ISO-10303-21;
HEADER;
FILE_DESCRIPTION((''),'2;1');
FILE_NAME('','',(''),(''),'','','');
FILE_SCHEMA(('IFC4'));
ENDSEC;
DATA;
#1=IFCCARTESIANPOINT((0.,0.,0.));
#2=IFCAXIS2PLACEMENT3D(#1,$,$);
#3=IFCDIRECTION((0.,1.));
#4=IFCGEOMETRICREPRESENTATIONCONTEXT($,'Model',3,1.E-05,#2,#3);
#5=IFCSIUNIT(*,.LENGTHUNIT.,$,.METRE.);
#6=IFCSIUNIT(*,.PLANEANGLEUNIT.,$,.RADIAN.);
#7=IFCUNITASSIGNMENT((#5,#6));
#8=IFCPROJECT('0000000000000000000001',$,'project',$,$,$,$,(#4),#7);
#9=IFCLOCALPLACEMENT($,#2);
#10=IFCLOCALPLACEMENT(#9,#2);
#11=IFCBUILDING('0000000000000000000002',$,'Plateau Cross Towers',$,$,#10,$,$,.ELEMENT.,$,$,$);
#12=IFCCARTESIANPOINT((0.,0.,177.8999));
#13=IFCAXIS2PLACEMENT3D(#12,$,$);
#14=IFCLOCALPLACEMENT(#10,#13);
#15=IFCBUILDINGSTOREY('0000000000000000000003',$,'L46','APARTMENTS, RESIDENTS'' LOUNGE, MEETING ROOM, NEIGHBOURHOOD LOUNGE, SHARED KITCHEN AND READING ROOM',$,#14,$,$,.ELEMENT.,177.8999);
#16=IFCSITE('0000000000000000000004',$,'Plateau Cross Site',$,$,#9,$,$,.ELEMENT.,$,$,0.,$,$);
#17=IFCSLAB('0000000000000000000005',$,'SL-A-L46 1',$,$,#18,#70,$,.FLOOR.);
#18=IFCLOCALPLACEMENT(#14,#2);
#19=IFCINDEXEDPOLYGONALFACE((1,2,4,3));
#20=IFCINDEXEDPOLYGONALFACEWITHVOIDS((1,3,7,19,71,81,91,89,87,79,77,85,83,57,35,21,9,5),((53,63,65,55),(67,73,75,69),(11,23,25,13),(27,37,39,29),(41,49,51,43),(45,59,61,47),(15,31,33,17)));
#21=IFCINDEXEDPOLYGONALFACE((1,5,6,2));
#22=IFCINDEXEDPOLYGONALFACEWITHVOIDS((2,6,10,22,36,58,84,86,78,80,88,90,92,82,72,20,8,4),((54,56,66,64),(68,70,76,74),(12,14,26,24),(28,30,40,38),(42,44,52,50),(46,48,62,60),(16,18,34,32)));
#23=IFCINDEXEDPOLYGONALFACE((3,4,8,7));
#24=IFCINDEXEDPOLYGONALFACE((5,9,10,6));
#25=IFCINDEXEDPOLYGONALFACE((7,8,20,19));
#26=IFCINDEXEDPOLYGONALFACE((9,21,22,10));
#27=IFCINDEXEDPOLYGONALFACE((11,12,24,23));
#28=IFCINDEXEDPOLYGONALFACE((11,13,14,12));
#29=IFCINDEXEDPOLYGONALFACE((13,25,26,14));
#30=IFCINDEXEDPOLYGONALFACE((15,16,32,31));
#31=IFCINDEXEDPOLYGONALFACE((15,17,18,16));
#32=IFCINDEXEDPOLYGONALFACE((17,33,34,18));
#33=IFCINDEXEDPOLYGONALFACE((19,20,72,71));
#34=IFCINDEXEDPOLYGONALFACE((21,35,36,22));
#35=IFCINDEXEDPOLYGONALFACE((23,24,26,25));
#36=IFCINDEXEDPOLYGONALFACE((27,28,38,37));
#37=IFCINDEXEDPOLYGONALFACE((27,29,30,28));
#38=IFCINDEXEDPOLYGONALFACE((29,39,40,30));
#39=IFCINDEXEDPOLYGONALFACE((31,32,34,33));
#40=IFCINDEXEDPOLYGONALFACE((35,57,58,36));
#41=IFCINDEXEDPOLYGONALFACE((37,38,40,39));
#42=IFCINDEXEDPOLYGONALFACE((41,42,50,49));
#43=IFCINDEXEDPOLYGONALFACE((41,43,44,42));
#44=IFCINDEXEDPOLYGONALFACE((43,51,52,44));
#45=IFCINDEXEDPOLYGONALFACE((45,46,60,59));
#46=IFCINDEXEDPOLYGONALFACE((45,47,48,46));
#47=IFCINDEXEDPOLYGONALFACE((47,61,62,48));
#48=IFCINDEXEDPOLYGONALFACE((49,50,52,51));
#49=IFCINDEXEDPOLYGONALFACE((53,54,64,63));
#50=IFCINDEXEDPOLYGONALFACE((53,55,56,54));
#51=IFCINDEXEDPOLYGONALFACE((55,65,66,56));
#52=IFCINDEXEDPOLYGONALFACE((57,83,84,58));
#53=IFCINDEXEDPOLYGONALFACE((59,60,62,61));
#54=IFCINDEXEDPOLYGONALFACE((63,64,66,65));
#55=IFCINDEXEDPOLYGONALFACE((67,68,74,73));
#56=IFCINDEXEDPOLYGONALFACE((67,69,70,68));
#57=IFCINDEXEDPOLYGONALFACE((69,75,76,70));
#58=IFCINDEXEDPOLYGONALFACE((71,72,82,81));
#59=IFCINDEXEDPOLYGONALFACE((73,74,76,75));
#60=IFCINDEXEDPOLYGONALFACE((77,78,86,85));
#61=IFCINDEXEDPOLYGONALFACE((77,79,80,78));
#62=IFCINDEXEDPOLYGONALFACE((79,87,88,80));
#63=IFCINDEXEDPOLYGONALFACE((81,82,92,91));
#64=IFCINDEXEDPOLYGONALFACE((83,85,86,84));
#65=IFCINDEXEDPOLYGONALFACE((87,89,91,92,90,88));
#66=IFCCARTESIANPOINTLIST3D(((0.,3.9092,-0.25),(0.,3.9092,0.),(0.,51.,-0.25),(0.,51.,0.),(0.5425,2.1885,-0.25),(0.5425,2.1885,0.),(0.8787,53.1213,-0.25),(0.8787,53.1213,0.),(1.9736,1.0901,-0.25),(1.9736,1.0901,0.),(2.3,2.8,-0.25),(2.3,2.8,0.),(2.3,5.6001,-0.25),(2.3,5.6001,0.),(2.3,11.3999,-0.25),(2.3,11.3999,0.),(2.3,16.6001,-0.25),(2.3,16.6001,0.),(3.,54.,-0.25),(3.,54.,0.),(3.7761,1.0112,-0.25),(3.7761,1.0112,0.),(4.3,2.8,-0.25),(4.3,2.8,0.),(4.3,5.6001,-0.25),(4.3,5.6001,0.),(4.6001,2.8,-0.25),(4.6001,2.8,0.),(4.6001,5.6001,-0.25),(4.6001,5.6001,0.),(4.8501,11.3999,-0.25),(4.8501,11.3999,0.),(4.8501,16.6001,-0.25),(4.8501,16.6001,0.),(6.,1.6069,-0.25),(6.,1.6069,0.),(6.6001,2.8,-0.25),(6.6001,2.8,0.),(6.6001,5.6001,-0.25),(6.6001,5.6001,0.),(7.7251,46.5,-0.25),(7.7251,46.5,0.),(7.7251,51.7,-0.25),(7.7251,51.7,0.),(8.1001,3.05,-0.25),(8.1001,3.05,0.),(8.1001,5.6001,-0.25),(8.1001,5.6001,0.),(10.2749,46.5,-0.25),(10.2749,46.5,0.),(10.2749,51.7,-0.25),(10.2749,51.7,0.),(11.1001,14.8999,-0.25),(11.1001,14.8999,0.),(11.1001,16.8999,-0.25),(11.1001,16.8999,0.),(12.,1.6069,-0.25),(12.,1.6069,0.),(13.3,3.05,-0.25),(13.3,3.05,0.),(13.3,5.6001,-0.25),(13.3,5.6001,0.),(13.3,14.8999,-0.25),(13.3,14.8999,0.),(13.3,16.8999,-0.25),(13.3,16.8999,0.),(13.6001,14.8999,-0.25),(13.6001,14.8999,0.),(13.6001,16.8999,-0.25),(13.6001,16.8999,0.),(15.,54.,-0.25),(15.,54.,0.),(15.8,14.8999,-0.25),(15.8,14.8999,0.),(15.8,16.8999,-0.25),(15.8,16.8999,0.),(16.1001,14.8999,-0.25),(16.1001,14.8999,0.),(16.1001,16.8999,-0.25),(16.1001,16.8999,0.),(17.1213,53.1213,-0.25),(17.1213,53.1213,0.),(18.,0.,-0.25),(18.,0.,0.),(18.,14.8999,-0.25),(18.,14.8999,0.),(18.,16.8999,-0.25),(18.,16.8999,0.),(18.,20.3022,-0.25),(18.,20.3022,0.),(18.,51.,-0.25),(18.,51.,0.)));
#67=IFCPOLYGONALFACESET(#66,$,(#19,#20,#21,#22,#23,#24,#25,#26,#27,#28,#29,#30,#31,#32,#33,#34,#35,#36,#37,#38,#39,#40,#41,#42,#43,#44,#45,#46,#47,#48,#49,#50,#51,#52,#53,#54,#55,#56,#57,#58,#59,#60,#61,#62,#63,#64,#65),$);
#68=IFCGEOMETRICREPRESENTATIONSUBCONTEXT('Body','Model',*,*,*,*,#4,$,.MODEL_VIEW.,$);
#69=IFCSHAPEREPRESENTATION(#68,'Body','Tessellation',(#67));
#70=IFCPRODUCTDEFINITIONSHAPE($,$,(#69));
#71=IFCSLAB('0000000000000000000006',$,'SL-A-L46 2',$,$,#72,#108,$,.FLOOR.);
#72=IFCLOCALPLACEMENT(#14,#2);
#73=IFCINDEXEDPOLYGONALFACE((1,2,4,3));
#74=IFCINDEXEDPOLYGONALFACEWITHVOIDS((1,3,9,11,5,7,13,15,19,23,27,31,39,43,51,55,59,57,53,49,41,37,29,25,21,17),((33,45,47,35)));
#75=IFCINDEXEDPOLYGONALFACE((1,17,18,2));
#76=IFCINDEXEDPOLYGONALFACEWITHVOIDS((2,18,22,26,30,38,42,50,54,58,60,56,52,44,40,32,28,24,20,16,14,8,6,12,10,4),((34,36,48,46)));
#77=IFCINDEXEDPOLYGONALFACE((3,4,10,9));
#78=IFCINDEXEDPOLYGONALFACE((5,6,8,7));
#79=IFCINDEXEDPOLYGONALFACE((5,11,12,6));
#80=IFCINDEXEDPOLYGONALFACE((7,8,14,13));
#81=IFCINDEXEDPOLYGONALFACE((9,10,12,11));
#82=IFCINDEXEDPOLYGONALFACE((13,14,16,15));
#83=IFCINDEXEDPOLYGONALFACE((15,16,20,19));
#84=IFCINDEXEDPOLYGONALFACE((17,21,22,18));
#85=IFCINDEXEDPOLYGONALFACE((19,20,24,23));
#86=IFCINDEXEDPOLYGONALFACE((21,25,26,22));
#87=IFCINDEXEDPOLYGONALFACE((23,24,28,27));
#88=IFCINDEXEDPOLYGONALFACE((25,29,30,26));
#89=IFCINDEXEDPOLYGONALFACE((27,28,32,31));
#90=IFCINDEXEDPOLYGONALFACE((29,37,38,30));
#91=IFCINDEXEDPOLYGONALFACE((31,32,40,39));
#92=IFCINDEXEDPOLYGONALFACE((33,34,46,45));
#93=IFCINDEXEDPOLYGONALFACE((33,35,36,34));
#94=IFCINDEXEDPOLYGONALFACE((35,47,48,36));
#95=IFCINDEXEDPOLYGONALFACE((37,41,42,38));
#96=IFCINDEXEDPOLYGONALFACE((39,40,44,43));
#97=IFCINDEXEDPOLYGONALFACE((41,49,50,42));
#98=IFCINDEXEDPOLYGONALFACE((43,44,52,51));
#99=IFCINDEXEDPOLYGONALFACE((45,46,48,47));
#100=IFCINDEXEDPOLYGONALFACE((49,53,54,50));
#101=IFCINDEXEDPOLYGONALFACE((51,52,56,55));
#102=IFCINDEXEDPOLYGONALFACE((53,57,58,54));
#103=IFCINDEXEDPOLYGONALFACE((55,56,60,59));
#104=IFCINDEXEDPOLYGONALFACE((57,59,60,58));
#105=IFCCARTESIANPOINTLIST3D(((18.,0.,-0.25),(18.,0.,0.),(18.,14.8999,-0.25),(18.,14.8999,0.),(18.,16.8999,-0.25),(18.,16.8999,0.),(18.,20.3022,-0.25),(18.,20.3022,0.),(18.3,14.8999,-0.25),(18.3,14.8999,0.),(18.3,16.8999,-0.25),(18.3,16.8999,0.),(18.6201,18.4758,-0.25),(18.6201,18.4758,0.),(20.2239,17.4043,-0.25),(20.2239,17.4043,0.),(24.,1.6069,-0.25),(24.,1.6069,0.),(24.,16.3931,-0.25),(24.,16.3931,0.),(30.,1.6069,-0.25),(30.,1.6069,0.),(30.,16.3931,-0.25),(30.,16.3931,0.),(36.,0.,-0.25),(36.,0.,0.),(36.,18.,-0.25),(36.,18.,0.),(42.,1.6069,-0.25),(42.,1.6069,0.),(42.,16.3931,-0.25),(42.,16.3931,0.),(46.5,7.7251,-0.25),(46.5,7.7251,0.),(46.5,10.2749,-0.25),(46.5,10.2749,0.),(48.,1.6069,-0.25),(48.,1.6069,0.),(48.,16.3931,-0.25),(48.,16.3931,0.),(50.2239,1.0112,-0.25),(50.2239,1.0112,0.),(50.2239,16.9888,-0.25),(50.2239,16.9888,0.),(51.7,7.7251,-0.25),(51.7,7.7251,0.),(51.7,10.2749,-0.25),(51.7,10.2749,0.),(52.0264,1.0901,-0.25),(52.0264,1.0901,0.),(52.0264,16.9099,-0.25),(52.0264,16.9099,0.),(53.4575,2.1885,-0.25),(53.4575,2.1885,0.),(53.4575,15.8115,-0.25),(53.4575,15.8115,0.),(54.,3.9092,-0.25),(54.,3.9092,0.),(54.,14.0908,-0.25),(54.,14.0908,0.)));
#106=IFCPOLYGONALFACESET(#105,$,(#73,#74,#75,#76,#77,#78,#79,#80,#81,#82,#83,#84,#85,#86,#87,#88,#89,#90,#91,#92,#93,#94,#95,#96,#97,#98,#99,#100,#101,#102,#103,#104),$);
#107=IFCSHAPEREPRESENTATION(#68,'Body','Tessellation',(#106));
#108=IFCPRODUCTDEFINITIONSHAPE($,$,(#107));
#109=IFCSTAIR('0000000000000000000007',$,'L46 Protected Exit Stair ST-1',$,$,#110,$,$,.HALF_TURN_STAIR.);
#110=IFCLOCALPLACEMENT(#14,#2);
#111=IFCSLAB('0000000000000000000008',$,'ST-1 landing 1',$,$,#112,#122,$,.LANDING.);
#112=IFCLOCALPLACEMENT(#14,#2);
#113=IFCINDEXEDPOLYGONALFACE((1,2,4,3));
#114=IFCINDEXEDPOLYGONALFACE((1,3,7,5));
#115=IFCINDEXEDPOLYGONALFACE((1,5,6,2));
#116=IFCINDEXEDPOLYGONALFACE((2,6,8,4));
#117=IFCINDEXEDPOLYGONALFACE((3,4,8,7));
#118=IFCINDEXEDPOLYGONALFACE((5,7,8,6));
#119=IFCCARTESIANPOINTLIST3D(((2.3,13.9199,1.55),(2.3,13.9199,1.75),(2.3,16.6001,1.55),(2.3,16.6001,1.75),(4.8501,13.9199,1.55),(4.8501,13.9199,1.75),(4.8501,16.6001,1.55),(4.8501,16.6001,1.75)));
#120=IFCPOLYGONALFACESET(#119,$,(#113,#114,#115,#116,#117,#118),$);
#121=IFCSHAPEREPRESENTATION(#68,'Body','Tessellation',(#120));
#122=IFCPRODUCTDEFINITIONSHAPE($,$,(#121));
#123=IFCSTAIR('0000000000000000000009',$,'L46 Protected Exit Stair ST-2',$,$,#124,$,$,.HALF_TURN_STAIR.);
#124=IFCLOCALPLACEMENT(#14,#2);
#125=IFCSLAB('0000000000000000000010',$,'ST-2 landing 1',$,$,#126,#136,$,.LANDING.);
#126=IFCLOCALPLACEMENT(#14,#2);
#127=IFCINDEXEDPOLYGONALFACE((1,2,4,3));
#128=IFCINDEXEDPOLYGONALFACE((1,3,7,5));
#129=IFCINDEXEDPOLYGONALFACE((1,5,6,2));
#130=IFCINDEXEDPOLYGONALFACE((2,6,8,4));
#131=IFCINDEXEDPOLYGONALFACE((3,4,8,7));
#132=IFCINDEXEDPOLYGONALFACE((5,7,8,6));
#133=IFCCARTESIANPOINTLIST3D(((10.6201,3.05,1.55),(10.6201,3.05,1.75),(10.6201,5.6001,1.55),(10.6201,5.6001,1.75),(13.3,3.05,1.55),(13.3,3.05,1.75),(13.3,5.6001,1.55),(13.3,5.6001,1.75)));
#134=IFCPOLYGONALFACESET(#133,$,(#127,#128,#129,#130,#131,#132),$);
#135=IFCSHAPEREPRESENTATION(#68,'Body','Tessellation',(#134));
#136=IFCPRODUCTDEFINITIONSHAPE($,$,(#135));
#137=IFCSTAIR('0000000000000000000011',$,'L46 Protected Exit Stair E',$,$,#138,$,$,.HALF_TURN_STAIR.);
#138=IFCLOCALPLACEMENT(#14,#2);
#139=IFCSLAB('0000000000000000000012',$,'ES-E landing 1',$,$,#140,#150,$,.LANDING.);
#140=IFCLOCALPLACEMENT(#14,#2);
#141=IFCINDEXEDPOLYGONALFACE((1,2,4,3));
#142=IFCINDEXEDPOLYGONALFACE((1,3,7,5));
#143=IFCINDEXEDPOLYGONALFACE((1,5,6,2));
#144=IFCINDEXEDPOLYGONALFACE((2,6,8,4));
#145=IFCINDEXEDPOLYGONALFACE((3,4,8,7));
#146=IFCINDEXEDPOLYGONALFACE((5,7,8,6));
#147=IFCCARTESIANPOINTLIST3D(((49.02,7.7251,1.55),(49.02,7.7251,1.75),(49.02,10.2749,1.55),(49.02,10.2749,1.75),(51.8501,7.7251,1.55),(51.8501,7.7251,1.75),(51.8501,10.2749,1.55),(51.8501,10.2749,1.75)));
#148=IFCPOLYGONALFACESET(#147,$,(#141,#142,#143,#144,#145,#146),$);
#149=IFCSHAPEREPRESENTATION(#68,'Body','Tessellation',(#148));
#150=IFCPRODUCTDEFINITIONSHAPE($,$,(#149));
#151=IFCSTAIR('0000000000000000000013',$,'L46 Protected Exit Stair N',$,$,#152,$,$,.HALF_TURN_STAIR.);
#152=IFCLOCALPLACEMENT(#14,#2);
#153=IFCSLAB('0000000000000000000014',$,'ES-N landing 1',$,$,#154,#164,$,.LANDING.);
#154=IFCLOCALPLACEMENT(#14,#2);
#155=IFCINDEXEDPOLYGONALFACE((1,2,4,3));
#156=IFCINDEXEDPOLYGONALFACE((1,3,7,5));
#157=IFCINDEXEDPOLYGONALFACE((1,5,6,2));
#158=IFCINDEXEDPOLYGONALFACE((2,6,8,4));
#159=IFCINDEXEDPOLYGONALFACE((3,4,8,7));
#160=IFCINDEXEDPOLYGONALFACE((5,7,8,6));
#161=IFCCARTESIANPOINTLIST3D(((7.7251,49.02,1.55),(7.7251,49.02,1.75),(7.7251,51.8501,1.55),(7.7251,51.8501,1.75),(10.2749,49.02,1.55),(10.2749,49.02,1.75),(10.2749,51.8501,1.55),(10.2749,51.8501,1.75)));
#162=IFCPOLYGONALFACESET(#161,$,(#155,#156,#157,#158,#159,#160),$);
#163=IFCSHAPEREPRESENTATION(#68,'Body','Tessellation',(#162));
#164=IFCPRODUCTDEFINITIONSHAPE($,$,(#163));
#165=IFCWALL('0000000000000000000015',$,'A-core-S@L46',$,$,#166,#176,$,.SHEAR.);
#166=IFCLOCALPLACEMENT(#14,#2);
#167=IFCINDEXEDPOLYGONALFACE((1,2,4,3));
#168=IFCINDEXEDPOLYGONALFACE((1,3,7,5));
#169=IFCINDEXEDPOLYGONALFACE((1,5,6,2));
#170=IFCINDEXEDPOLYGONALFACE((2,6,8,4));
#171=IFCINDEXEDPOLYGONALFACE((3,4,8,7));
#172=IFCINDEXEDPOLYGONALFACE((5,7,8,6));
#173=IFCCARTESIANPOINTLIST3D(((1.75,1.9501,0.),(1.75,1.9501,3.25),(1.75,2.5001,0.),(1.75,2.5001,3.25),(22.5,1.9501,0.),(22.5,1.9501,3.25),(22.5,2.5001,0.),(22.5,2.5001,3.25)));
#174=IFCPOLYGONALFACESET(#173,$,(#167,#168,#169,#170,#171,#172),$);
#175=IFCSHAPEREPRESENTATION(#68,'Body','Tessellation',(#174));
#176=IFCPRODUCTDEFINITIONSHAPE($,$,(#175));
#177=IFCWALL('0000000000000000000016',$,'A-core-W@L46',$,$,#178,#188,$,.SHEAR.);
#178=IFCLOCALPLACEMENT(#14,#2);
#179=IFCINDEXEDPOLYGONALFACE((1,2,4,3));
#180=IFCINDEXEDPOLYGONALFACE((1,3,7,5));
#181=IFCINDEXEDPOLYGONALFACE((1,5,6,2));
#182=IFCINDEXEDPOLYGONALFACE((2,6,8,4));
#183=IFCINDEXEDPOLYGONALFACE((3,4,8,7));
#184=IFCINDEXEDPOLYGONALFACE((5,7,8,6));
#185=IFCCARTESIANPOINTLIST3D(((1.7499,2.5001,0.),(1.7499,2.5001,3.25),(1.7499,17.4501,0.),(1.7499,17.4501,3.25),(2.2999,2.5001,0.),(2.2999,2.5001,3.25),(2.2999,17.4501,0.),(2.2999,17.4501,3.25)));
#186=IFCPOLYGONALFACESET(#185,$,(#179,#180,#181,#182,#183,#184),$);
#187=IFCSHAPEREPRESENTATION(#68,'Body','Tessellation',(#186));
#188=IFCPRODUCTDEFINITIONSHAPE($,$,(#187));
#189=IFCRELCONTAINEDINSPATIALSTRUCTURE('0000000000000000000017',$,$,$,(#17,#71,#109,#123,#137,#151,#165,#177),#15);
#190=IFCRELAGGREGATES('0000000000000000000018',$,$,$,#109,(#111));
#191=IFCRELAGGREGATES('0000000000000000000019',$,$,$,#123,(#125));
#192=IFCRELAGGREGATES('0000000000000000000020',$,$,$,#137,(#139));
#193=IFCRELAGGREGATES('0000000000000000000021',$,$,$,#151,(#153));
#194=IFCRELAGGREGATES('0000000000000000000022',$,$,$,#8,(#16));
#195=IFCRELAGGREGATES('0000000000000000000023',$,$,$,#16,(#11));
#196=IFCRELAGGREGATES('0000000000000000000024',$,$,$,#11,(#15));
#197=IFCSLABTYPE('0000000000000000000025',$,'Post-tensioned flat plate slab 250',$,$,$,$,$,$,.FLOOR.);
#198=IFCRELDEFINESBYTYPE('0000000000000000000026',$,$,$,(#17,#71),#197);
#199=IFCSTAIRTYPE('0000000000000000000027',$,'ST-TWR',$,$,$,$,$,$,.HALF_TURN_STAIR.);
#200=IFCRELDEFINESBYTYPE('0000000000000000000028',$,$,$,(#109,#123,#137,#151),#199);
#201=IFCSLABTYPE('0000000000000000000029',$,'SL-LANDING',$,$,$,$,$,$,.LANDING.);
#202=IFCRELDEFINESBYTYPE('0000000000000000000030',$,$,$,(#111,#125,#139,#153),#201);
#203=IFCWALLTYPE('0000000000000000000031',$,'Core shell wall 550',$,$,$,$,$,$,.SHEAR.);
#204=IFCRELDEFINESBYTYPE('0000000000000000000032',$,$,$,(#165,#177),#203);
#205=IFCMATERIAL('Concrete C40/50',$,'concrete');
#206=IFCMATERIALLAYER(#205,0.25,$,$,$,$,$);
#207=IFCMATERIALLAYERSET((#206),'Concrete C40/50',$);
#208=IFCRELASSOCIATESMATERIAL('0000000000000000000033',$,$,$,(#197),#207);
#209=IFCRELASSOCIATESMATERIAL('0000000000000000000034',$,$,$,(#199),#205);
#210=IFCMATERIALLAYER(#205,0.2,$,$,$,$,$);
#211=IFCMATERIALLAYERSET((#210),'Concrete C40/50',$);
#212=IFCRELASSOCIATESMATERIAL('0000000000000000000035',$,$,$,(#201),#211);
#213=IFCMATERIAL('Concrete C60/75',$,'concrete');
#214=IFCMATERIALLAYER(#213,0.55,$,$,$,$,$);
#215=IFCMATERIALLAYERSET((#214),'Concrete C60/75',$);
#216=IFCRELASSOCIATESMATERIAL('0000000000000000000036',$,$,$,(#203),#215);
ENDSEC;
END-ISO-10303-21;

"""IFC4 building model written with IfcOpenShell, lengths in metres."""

from ifc_helpers import new_model, si_unit, direction, frame, frame_2d, origin, place, context, subcontext, project, spatial, polyline, rectangle, outline, extrude, material, layer, layer_set, type_object, element, aggregate, save


model = new_model("IFC4")

# Units and contexts
model_context = context("Model", 3, precision=1e-05, world=origin(), true_north=direction((0.0, 1.0)))
body_context = subcontext(model_context, "Body", "Model", "MODEL_VIEW")
ifc_project = project(units=[si_unit("LENGTHUNIT", "METRE"), si_unit("PLANEANGLEUNIT", "RADIAN")], contexts=[model_context])

# Site, building, storey
site_placement = place(None, origin())
site = spatial("IfcSite", under=ifc_project, at=site_placement, Name="Plateau Cross Site", CompositionType="ELEMENT", RefElevation=0.0)
building_placement = place(site_placement, origin())
building = spatial("IfcBuilding", under=site, at=building_placement, Name="Plateau Cross Towers", CompositionType="ELEMENT")
storey_placement = place(building_placement, frame((0.0, 0.0, 177.8999)))
storey = spatial("IfcBuildingStorey", under=building, at=storey_placement, Name="L46", Description="APARTMENTS, RESIDENTS' LOUNGE, MEETING ROOM, NEIGHBOURHOOD LOUNGE, SHARED KITCHEN AND READING ROOM", CompositionType="ELEMENT", Elevation=177.8999)

# Shared definitions
ifc_material_1 = material(Name="Concrete C60/75", Category="concrete")

# Shared definitions
ifc_material_2 = material(Name="Concrete C40/50", Category="concrete")

# Slabs
ifc_layer_1 = layer(ifc_material_2, 0.25)
ifc_layer_set_1 = layer_set([ifc_layer_1], Name="Concrete C40/50")
slab_type_1 = type_object("IfcSlabType", Name="Post-tensioned flat plate slab 250", PredefinedType="FLOOR", material=ifc_layer_set_1)
slab_1_placement = place(storey_placement, frame((0.0, 0.0, -0.25)))
element("IfcSlab", 1, at=slab_1_placement, inside=storey, type_object=slab_type_1, Name="SL-A-L46 1", PredefinedType="FLOOR", context=body_context, shape_type="SweptSolid", body=[
    extrude(outline(polyline([(0.5425, 2.1885), (0.0, 3.9092), (0.0, 51.0), (0.8787, 53.1213), (3.0, 54.0), (15.0, 54.0), (17.1213, 53.1213), (18.0, 51.0), (18.0, 20.3022), (18.0, 16.8999), (16.1001, 16.8999), (16.1001, 14.8999), (18.0, 14.8999), (18.0, 0.0), (12.0, 1.6069), (6.0, 1.6069), (3.7761, 1.0112), (1.9736, 1.0901), (0.5425, 2.1885)]), holes=[polyline([(2.3, 5.6001), (2.3, 2.8), (4.3, 2.8), (4.3, 5.6001), (2.3, 5.6001)]), polyline([(4.6001, 5.6001), (4.6001, 2.8), (6.6001, 2.8), (6.6001, 5.6001), (4.6001, 5.6001)]), polyline([(8.1001, 5.6001), (8.1001, 3.05), (13.3, 3.05), (13.3, 5.6001), (8.1001, 5.6001)]), polyline([(2.3, 11.3999), (4.8501, 11.3999), (4.8501, 16.6001), (2.3, 16.6001), (2.3, 11.3999)]), polyline([(11.1001, 16.8999), (11.1001, 14.8999), (13.3, 14.8999), (13.3, 16.8999), (11.1001, 16.8999)]), polyline([(13.6001, 16.8999), (13.6001, 14.8999), (15.8, 14.8999), (15.8, 16.8999), (13.6001, 16.8999)]), polyline([(7.7251, 51.7), (7.7251, 46.5), (10.2749, 46.5), (10.2749, 51.7), (7.7251, 51.7)])]), origin(), (0.0, 0.0, 1.0), 0.25),
])
slab_2_placement = place(storey_placement, frame((0.0, 0.0, -0.25)))
element("IfcSlab", 2, at=slab_2_placement, inside=storey, type_object=slab_type_1, Name="SL-A-L46 2", PredefinedType="FLOOR", context=body_context, shape_type="SweptSolid", body=[
    extrude(outline(polyline([(18.6201, 18.4758), (20.2239, 17.4043), (24.0, 16.3931), (30.0, 16.3931), (36.0, 18.0), (42.0, 16.3931), (48.0, 16.3931), (50.2239, 16.9888), (52.0264, 16.9099), (53.4575, 15.8115), (54.0, 14.0908), (54.0, 3.9092), (53.4575, 2.1885), (52.0264, 1.0901), (50.2239, 1.0112), (48.0, 1.6069), (42.0, 1.6069), (36.0, 0.0), (30.0, 1.6069), (24.0, 1.6069), (18.0, 0.0), (18.0, 14.8999), (18.3, 14.8999), (18.3, 16.8999), (18.0, 16.8999), (18.0, 20.3022), (18.6201, 18.4758)]), holes=[polyline([(46.5, 10.2749), (46.5, 7.7251), (51.7, 7.7251), (51.7, 10.2749), (46.5, 10.2749)])]), origin(), (0.0, 0.0, 1.0), 0.25),
])

# Stairs, slabs
stair_type = type_object("IfcStairType", Name="ST-TWR", PredefinedType="HALF_TURN_STAIR", material=ifc_material_2)
stair_1_placement = place(storey_placement, origin())
stair_1 = element("IfcStair", 3, at=stair_1_placement, inside=storey, type_object=stair_type, Name="L46 Protected Exit Stair ST-1", PredefinedType="HALF_TURN_STAIR")
ifc_layer_2 = layer(ifc_material_2, 0.2)
ifc_layer_set_2 = layer_set([ifc_layer_2], Name="Concrete C40/50")
slab_type_2 = type_object("IfcSlabType", Name="SL-LANDING", PredefinedType="LANDING", material=ifc_layer_set_2)
slab_3_placement = place(storey_placement, frame((0.0, 0.0, 1.55)))
slab_3 = element("IfcSlab", 4, at=slab_3_placement, type_object=slab_type_2, Name="ST-1 landing 1", PredefinedType="LANDING", context=body_context, shape_type="SweptSolid", body=[
    extrude(outline(polyline([(4.8501, 13.9199), (4.8501, 16.6001), (2.3, 16.6001), (2.3, 13.9199), (4.8501, 13.9199)])), origin(), (0.0, 0.0, 1.0), 0.2),
])
aggregate(stair_1, [slab_3])
stair_2_placement = place(storey_placement, origin())
stair_2 = element("IfcStair", 5, at=stair_2_placement, inside=storey, type_object=stair_type, Name="L46 Protected Exit Stair ST-2", PredefinedType="HALF_TURN_STAIR")
slab_4_placement = place(storey_placement, frame((0.0, 0.0, 1.55)))
slab_4 = element("IfcSlab", 6, at=slab_4_placement, type_object=slab_type_2, Name="ST-2 landing 1", PredefinedType="LANDING", context=body_context, shape_type="SweptSolid", body=[
    extrude(outline(polyline([(10.6201, 3.05), (13.3, 3.05), (13.3, 5.6001), (10.6201, 5.6001), (10.6201, 3.05)])), origin(), (0.0, 0.0, 1.0), 0.2),
])
aggregate(stair_2, [slab_4])
stair_3_placement = place(storey_placement, origin())
stair_3 = element("IfcStair", 7, at=stair_3_placement, inside=storey, type_object=stair_type, Name="L46 Protected Exit Stair E", PredefinedType="HALF_TURN_STAIR")
slab_5_placement = place(storey_placement, frame((0.0, 0.0, 1.55)))
slab_5 = element("IfcSlab", 8, at=slab_5_placement, type_object=slab_type_2, Name="ES-E landing 1", PredefinedType="LANDING", context=body_context, shape_type="SweptSolid", body=[
    extrude(outline(polyline([(49.02, 7.7251), (51.8501, 7.7251), (51.8501, 10.2749), (49.02, 10.2749), (49.02, 7.7251)])), origin(), (0.0, 0.0, 1.0), 0.2),
])
aggregate(stair_3, [slab_5])
stair_4_placement = place(storey_placement, origin())
stair_4 = element("IfcStair", 9, at=stair_4_placement, inside=storey, type_object=stair_type, Name="L46 Protected Exit Stair N", PredefinedType="HALF_TURN_STAIR")
slab_6_placement = place(storey_placement, frame((0.0, 0.0, 1.55)))
slab_6 = element("IfcSlab", 10, at=slab_6_placement, type_object=slab_type_2, Name="ES-N landing 1", PredefinedType="LANDING", context=body_context, shape_type="SweptSolid", body=[
    extrude(outline(polyline([(10.2749, 49.02), (10.2749, 51.8501), (7.7251, 51.8501), (7.7251, 49.02), (10.2749, 49.02)])), origin(), (0.0, 0.0, 1.0), 0.2),
])
aggregate(stair_4, [slab_6])

# Walls
ifc_layer_3 = layer(ifc_material_1, 0.55)
ifc_layer_set_3 = layer_set([ifc_layer_3], Name="Concrete C60/75")
wall_type = type_object("IfcWallType", Name="Core shell wall 550", PredefinedType="SHEAR", material=ifc_layer_set_3)
wall_1_placement = place(storey_placement, frame((1.75, 2.2251, 0.0), z_axis=(0.0, 0.0, 1.0), x_axis=(1.0, 0.0, 0.0)))
element("IfcWall", 11, at=wall_1_placement, inside=storey, type_object=wall_type, Name="A-core-S@L46", PredefinedType="SHEAR", context=body_context, shape_type="SweptSolid", body=[
    extrude(rectangle(XDim=20.75, YDim=0.55, at=frame_2d((10.375, 0.0))), origin(), (0.0, 0.0, 1.0), 3.25),
])
wall_2_placement = place(storey_placement, frame((2.0249, 2.5, 0.0), z_axis=(0.0, 0.0, 1.0), x_axis=(0.0, 1.0, 0.0)))
element("IfcWall", 12, at=wall_2_placement, inside=storey, type_object=wall_type, Name="A-core-W@L46", PredefinedType="SHEAR", context=body_context, shape_type="SweptSolid", body=[
    extrude(rectangle(XDim=14.95, YDim=0.55, at=frame_2d((7.4751, 0.0))), origin(), (0.0, 0.0, 1.0), 3.25),
])

save(model, "model.ifc")
